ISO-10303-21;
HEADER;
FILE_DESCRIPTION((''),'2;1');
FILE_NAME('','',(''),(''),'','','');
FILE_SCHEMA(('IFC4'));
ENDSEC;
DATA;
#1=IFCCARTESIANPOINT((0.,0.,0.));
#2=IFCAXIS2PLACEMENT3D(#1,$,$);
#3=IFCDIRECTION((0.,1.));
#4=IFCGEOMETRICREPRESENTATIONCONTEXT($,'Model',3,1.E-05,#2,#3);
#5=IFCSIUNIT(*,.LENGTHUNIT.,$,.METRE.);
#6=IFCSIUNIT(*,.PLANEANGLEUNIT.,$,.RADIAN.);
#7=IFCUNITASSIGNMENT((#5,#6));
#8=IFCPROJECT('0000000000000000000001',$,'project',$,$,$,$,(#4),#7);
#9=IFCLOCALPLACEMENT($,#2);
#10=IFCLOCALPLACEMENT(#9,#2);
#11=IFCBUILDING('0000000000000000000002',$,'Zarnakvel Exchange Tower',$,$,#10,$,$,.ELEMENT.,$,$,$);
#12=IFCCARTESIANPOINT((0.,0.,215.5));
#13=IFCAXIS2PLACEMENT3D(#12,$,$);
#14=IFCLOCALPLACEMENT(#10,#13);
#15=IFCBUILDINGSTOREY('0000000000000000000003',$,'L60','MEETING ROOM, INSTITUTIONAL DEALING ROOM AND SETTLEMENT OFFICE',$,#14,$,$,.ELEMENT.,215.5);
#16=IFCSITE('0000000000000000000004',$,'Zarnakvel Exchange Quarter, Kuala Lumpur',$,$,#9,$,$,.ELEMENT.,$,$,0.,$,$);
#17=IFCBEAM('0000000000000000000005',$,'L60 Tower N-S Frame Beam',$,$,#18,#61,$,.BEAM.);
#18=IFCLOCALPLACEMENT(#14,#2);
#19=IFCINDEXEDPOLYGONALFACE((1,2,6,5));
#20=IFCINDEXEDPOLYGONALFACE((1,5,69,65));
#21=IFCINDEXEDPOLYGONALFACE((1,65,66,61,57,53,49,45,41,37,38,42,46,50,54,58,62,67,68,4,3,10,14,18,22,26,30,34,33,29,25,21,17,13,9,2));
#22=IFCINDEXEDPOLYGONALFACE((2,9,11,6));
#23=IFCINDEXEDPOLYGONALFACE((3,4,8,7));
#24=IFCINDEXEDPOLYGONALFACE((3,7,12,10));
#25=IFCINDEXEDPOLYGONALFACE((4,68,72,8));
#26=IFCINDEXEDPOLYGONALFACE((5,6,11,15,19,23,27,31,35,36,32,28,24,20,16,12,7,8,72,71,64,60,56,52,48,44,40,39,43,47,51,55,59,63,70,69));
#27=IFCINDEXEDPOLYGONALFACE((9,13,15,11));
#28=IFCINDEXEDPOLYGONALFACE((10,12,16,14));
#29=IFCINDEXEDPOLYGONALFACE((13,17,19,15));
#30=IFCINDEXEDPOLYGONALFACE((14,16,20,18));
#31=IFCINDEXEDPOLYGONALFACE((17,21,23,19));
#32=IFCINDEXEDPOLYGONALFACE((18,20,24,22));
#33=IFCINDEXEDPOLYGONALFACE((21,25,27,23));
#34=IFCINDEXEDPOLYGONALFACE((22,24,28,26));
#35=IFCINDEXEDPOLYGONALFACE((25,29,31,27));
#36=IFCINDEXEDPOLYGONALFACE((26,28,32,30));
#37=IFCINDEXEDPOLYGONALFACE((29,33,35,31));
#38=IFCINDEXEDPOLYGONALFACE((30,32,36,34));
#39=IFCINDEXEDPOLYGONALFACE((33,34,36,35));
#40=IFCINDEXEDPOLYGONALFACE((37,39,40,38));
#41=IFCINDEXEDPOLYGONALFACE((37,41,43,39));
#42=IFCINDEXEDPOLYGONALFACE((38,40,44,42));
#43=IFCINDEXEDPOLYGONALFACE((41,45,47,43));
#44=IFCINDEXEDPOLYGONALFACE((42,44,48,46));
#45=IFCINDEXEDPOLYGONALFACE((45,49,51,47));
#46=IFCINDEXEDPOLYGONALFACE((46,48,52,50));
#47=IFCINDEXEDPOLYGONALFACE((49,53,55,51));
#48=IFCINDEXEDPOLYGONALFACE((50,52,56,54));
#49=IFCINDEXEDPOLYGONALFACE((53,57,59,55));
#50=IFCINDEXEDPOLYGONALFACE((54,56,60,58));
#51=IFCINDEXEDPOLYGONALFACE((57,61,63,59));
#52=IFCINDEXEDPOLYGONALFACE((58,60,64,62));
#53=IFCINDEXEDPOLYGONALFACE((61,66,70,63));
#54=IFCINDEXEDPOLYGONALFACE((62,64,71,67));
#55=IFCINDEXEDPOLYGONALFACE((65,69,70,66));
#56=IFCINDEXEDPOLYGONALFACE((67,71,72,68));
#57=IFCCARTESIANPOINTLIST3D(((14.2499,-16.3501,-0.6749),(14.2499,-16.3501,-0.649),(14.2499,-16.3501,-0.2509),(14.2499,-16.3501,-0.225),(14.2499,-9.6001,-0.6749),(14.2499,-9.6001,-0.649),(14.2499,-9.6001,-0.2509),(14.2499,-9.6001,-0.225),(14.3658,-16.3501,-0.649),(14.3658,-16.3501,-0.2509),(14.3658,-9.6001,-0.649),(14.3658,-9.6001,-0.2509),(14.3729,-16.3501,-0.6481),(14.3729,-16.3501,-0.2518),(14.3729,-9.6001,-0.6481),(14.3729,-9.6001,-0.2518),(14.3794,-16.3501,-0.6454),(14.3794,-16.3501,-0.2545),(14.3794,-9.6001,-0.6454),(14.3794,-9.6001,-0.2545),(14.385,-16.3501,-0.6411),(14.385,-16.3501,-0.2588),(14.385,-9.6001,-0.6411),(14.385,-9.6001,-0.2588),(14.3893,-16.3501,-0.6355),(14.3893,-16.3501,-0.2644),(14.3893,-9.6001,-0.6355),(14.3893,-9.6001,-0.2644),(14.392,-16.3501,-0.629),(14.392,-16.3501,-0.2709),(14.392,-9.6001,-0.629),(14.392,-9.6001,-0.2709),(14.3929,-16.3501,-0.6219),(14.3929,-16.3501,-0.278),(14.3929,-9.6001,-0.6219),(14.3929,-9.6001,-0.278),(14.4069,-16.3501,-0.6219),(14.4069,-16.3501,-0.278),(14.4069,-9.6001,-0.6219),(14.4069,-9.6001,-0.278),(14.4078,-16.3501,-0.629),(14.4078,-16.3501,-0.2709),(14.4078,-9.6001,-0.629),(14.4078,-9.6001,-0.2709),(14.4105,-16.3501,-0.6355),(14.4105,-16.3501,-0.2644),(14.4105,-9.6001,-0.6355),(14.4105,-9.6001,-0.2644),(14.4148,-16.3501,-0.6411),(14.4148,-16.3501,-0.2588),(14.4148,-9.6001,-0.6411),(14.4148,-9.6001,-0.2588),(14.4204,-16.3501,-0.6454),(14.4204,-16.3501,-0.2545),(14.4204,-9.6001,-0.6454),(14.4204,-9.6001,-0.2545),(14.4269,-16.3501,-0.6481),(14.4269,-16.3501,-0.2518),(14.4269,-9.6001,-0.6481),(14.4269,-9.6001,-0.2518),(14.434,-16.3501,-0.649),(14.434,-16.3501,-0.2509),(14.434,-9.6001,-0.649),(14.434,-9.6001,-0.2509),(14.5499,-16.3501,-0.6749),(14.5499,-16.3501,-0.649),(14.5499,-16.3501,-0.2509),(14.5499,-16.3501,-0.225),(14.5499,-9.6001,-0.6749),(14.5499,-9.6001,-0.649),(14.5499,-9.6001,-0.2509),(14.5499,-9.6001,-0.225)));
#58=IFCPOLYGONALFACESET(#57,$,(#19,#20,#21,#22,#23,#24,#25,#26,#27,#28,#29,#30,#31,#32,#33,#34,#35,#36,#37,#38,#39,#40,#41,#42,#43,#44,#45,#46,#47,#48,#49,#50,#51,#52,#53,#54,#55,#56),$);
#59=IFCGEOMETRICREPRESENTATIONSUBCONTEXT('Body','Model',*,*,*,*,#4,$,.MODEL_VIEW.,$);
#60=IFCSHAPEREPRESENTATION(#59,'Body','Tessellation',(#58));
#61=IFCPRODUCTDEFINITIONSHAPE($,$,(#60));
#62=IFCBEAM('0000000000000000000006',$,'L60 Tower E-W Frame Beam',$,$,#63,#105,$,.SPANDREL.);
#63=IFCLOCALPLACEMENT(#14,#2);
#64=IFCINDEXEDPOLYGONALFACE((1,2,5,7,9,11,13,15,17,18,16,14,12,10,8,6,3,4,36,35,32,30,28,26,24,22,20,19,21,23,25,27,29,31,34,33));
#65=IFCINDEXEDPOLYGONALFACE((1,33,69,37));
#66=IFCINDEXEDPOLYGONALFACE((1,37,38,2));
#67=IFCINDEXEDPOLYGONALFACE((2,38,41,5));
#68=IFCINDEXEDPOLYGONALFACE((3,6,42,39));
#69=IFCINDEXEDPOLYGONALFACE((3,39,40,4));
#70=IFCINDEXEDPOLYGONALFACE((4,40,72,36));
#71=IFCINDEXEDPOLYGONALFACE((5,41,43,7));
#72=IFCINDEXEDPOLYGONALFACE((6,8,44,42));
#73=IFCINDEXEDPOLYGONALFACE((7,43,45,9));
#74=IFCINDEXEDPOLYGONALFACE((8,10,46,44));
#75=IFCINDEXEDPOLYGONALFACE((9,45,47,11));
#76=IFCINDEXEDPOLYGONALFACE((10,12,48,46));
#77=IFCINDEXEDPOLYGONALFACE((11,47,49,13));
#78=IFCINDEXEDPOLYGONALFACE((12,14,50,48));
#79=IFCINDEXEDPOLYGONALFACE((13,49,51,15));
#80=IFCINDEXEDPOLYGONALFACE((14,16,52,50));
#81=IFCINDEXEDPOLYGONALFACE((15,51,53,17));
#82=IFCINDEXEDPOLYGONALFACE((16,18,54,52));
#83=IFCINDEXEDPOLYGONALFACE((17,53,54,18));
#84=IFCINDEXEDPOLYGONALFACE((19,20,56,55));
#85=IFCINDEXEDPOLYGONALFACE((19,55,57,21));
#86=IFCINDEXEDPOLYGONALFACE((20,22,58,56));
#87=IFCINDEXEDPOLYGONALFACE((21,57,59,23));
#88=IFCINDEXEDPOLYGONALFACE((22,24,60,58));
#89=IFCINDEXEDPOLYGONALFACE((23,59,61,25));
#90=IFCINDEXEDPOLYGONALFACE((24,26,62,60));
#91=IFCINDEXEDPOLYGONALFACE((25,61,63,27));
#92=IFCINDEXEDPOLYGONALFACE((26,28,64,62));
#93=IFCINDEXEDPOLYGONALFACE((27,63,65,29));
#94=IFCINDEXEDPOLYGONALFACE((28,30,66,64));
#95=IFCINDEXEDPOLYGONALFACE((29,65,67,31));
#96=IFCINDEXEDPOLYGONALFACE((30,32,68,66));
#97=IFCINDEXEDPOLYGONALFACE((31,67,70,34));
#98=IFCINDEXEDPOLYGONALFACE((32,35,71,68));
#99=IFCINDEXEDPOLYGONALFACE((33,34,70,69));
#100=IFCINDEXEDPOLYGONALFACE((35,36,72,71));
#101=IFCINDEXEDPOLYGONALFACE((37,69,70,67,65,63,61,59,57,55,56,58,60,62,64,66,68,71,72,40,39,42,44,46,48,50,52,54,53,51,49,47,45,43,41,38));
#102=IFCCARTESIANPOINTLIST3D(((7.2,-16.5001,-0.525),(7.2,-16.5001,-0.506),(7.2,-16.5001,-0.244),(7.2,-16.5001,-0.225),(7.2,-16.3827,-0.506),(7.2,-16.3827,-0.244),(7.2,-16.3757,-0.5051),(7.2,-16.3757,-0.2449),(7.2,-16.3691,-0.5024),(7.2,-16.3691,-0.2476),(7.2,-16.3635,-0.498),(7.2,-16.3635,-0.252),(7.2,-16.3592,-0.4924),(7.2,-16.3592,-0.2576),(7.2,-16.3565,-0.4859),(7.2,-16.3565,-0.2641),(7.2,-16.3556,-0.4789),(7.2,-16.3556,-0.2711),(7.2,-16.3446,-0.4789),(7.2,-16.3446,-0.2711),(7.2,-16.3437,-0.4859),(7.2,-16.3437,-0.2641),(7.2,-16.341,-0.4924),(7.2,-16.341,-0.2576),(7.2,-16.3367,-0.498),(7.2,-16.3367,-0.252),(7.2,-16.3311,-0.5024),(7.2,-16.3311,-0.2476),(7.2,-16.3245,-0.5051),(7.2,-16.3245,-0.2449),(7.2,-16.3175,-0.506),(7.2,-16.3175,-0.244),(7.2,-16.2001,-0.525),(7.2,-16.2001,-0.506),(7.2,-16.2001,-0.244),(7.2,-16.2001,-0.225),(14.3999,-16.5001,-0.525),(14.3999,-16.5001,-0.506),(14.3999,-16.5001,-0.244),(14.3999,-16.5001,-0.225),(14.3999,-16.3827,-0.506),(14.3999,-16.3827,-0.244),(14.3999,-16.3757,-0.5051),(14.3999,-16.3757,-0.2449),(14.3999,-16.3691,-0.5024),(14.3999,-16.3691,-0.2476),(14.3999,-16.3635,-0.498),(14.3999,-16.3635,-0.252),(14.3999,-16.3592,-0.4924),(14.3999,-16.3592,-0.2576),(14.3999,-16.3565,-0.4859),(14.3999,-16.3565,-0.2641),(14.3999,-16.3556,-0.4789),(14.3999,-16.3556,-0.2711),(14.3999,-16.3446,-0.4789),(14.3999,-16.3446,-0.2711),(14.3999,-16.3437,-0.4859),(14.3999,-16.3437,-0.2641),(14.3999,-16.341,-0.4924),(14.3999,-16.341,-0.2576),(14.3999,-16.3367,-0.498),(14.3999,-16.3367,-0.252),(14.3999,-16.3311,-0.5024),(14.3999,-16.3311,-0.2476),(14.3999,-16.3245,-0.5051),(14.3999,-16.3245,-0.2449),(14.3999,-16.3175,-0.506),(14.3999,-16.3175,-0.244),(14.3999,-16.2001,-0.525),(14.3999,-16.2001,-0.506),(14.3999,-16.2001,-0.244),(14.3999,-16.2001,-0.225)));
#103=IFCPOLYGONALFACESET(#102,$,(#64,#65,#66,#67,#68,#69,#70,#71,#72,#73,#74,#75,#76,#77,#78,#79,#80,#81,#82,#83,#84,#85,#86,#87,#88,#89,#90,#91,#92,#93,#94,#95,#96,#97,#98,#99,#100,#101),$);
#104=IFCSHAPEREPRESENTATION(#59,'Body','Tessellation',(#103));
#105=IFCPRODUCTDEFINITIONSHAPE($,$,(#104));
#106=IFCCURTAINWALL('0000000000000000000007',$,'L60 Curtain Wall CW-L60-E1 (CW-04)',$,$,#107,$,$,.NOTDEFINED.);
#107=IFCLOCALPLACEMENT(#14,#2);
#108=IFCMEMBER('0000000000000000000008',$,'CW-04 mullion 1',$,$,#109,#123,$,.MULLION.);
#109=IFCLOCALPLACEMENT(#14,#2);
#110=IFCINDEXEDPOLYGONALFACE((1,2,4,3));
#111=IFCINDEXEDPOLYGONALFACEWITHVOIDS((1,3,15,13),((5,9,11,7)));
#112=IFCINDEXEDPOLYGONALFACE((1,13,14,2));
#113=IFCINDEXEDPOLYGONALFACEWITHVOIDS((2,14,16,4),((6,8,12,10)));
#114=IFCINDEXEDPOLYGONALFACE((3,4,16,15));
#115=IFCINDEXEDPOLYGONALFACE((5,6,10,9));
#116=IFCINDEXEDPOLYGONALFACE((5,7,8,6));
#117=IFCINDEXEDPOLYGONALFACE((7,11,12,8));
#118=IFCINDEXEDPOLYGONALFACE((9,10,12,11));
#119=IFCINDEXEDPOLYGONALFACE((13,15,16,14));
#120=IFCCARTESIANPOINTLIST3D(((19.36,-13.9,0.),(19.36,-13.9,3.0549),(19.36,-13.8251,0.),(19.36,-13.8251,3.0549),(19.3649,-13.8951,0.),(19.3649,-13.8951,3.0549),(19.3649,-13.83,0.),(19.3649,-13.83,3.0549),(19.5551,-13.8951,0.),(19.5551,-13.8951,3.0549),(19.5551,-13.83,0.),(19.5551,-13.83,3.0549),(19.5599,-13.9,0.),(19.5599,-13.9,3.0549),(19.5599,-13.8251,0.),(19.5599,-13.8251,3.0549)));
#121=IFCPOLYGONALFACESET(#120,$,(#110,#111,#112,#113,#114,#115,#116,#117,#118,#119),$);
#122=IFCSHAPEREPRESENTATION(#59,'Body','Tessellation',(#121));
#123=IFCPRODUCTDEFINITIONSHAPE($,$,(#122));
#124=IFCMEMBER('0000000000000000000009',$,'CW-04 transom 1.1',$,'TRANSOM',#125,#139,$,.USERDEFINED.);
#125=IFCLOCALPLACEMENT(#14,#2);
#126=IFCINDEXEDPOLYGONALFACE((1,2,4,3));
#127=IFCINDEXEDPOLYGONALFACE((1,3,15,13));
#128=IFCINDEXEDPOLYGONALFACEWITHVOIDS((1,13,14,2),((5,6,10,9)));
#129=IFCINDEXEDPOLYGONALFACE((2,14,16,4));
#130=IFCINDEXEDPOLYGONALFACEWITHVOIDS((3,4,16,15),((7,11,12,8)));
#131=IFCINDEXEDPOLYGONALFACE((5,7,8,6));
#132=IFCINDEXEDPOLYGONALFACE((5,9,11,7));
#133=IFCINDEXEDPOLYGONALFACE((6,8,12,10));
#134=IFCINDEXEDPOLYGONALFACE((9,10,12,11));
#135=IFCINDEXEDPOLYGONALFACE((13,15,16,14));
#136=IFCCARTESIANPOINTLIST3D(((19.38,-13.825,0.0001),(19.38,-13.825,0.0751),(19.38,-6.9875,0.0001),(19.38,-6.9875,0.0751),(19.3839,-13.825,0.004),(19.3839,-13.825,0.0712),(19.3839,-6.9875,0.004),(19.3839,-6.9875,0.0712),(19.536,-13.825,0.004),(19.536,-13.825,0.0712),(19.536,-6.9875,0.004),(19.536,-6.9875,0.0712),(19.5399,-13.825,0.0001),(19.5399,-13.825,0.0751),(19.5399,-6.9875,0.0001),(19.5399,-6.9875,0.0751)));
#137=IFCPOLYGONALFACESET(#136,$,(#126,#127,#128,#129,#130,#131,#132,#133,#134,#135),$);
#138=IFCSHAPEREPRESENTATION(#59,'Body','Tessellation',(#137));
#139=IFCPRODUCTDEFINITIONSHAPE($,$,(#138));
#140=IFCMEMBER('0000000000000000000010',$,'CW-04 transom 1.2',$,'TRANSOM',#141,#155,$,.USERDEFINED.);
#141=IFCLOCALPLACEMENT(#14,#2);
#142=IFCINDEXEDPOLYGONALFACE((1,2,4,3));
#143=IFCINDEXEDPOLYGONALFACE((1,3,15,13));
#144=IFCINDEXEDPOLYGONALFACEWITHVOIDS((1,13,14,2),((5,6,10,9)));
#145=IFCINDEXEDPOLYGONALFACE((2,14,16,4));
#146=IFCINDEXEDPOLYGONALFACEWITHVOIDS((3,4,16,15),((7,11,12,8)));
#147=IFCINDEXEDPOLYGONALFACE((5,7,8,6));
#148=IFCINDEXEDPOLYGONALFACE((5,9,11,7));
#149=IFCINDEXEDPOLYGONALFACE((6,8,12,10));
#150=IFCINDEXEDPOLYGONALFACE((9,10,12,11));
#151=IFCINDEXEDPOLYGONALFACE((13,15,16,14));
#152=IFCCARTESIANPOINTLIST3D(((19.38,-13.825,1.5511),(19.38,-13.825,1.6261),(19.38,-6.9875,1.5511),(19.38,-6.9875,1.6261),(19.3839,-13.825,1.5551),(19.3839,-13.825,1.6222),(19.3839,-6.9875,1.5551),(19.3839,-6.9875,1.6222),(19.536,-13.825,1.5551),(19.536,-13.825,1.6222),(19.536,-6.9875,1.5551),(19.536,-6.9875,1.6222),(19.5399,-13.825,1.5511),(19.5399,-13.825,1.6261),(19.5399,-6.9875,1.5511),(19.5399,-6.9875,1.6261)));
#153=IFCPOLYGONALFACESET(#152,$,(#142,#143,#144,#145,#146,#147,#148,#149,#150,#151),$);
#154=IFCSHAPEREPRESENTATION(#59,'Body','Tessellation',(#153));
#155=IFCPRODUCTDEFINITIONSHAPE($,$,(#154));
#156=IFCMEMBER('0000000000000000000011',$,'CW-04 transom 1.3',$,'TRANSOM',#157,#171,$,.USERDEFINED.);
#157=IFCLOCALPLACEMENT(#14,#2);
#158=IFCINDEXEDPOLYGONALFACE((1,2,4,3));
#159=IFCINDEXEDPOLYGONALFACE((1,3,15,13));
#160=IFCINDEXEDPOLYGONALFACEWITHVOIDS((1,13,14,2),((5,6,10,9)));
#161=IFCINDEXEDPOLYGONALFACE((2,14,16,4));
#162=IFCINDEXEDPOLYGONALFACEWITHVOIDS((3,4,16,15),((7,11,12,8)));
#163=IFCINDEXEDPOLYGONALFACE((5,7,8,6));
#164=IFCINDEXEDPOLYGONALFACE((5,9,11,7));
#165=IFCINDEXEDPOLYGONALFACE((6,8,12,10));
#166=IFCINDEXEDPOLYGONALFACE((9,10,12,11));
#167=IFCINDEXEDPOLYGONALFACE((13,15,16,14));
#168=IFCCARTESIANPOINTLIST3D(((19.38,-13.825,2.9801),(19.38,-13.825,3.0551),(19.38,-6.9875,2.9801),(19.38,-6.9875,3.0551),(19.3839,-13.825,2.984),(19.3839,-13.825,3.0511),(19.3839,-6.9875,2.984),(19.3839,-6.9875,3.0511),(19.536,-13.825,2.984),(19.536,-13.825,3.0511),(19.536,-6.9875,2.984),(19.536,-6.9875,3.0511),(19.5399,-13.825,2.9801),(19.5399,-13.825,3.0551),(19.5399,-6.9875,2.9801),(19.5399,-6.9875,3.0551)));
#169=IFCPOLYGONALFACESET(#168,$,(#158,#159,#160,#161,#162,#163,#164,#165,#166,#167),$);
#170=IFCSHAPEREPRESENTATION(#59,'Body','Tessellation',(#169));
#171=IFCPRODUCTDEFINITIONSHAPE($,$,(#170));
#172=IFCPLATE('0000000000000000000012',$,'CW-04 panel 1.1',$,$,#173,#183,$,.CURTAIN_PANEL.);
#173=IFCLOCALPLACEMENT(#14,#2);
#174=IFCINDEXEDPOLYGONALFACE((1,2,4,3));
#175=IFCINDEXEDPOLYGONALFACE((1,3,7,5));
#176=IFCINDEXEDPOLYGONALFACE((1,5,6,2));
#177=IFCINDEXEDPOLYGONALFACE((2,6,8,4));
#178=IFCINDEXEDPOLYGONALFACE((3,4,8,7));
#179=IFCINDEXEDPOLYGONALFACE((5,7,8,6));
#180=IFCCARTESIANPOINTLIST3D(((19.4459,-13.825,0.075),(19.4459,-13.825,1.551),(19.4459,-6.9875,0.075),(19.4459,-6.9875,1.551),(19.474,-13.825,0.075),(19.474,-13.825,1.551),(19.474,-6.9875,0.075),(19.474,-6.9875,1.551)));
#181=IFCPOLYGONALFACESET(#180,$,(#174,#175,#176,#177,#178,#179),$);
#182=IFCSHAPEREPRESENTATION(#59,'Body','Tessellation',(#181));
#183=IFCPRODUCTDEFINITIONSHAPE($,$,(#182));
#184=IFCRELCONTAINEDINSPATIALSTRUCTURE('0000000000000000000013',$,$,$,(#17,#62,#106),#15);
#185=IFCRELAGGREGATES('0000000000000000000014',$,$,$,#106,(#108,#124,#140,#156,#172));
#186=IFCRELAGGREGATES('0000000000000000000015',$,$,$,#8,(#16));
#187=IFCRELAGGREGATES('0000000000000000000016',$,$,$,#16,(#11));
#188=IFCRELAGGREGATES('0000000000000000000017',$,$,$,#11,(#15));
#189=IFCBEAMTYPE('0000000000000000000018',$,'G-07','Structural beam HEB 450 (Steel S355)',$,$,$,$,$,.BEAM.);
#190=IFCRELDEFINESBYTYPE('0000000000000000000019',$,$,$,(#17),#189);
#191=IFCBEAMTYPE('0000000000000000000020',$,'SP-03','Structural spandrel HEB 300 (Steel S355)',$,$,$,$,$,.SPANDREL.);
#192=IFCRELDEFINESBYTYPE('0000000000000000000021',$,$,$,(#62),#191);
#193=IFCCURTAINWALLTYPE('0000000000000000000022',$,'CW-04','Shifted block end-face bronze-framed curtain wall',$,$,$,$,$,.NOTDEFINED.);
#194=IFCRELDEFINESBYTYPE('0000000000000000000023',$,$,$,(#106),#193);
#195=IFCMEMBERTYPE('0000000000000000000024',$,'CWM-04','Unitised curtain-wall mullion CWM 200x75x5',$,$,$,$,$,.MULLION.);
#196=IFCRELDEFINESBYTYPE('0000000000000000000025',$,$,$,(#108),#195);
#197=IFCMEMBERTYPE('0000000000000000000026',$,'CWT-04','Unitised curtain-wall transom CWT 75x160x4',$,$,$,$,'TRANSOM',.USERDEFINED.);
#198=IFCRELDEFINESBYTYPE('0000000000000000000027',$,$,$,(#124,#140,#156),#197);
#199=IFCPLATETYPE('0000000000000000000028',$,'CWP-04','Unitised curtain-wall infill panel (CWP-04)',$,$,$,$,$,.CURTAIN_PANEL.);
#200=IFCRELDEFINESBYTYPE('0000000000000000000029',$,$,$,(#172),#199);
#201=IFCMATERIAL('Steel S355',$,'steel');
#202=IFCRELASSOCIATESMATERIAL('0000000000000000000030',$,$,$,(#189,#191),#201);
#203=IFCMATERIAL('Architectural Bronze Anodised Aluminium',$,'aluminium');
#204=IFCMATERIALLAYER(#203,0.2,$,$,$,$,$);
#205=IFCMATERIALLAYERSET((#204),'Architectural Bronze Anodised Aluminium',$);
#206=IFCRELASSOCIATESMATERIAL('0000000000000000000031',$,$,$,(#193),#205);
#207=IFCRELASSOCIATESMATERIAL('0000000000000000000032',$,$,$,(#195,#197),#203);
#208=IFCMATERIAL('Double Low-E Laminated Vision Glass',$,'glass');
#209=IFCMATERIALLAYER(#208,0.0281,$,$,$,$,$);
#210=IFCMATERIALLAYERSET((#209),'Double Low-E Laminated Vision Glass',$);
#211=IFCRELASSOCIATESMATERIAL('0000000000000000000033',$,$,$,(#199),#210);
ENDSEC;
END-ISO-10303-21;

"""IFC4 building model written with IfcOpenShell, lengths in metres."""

from ifc_helpers import new_model, si_unit, direction, frame, origin, origin_2d, place, context, subcontext, project, spatial, rectangle, hollow_rectangle, i_section, extrude, source, transform, mapped, material, layer, layer_set, material_profile, profile_set, type_object, element, aggregate, save


model = new_model("IFC4")

# Units and contexts
model_context = context("Model", 3, precision=1e-05, world=origin(), true_north=direction((0.0, 1.0)))
body_context = subcontext(model_context, "Body", "Model", "MODEL_VIEW")
ifc_project = project(units=[si_unit("LENGTHUNIT", "METRE"), si_unit("PLANEANGLEUNIT", "RADIAN")], contexts=[model_context])

# Site, building, storey
site_placement = place(None, origin())
site = spatial("IfcSite", under=ifc_project, at=site_placement, Name="Zarnakvel Exchange Quarter, Kuala Lumpur", CompositionType="ELEMENT", RefElevation=0.0)
building_placement = place(site_placement, origin())
building = spatial("IfcBuilding", under=site, at=building_placement, Name="Zarnakvel Exchange Tower", CompositionType="ELEMENT")
storey_placement = place(building_placement, frame((0.0, 0.0, 215.5)))
storey = spatial("IfcBuildingStorey", under=building, at=storey_placement, Name="L60", Description="MEETING ROOM, INSTITUTIONAL DEALING ROOM AND SETTLEMENT OFFICE", CompositionType="ELEMENT", Elevation=215.5)

# Beams
ifc_material_1 = material(Name="Steel S355", Category="steel")
ifc_material_profile_1 = material_profile(ifc_material_1, i_section(OverallWidth=0.3, OverallDepth=0.45, WebThickness=0.0139, FlangeThickness=0.0259, FilletRadius=0.0271, at=origin_2d()))
ifc_profile_set_1 = profile_set([ifc_material_profile_1], Name="Steel S355")
beam_type_1 = type_object("IfcBeamType", Name="G-07", Description="Structural beam HEB 450 (Steel S355)", PredefinedType="BEAM", material=ifc_profile_set_1)
for number, where, z_axis, x_axis, name in (
    (1, (14.3999, -16.3501, -0.45), (0.0, 1.0, 0.0), (-1.0, 0.0, 0.0), "L60 Tower N-S Frame Beam"),
):
    element("IfcBeam", number, at=place(storey_placement, frame(where, z_axis=z_axis, x_axis=x_axis)), inside=storey, type_object=beam_type_1, Name=name, PredefinedType="BEAM", context=body_context, shape_type="SweptSolid", body=[
        extrude(i_section(OverallWidth=0.3, OverallDepth=0.45, WebThickness=0.0139, FlangeThickness=0.0259, FilletRadius=0.0271, at=origin_2d()), origin(), (0.0, 0.0, 1.0), 6.75),
    ])
ifc_material_profile_2 = material_profile(ifc_material_1, i_section(OverallWidth=0.3, OverallDepth=0.3, WebThickness=0.011, FlangeThickness=0.019, FilletRadius=0.0271, at=origin_2d()))
ifc_profile_set_2 = profile_set([ifc_material_profile_2], Name="Steel S355")
beam_type_2 = type_object("IfcBeamType", Name="SP-03", Description="Structural spandrel HEB 300 (Steel S355)", PredefinedType="SPANDREL", material=ifc_profile_set_2)
beam_1_placement = place(storey_placement, frame((7.2, -16.3501, -0.375), z_axis=(1.0, 0.0, 0.0), x_axis=(0.0, 1.0, 0.0)))
element("IfcBeam", 2, at=beam_1_placement, inside=storey, type_object=beam_type_2, Name="L60 Tower E-W Frame Beam", PredefinedType="SPANDREL", context=body_context, shape_type="SweptSolid", body=[
    extrude(i_section(OverallWidth=0.3, OverallDepth=0.3, WebThickness=0.011, FlangeThickness=0.019, FilletRadius=0.0271, at=origin_2d()), origin(), (0.0, 0.0, 1.0), 7.2),
])

# Curtain wall, members, plate
ifc_material_2 = material(Name="Architectural Bronze Anodised Aluminium", Category="aluminium")
ifc_layer_1 = layer(ifc_material_2, 0.2)
ifc_layer_set_1 = layer_set([ifc_layer_1], Name="Architectural Bronze Anodised Aluminium")
curtain_wall_type = type_object("IfcCurtainWallType", Name="CW-04", Description="Shifted block end-face bronze-framed curtain wall", PredefinedType="NOTDEFINED", material=ifc_layer_set_1)
curtain_wall_placement = place(storey_placement, origin())
curtain_wall = element("IfcCurtainWall", 3, at=curtain_wall_placement, inside=storey, type_object=curtain_wall_type, Name="L60 Curtain Wall CW-L60-E1 (CW-04)", PredefinedType="NOTDEFINED")
ifc_material_profile_3 = material_profile(ifc_material_2, hollow_rectangle(XDim=0.2, YDim=0.075, WallThickness=0.0049, at=origin_2d()))
ifc_profile_set_3 = profile_set([ifc_material_profile_3], Name="Architectural Bronze Anodised Aluminium")
member_type_1 = type_object("IfcMemberType", Name="CWM-04", Description="Unitised curtain-wall mullion CWM 200x75x5", PredefinedType="MULLION", material=ifc_profile_set_3)
shared_shape_1 = source(origin(), body_context, "Body", "SweptSolid", [
    extrude(hollow_rectangle(XDim=0.2, YDim=0.075, WallThickness=0.0049, at=origin_2d()), origin(), (0.0, 0.0, 1.0), 3.0549),
])
member_1_placement = place(storey_placement, frame((19.46, -13.8625, 0.0), z_axis=(0.0, 0.0, 1.0), x_axis=(-1.0, 0.0, 0.0)))
member_1 = element("IfcMember", 4, at=member_1_placement, type_object=member_type_1, Name="CW-04 mullion 1", PredefinedType="MULLION", context=body_context, shape_type="MappedRepresentation", body=[
    mapped(shared_shape_1, transform((0.0, 0.0, 0.0), x_axis=(1.0, 0.0, 0.0), y_axis=(0.0, 1.0, 0.0), z_axis=(0.0, 0.0, 1.0), scale=1.0)),
])
ifc_material_profile_4 = material_profile(ifc_material_2, hollow_rectangle(XDim=0.1599, YDim=0.075, WallThickness=0.0039, at=origin_2d()))
ifc_profile_set_4 = profile_set([ifc_material_profile_4], Name="Architectural Bronze Anodised Aluminium")
member_type_2 = type_object("IfcMemberType", Name="CWT-04", Description="Unitised curtain-wall transom CWT 75x160x4", ElementType="TRANSOM", PredefinedType="USERDEFINED", material=ifc_profile_set_4)
shared_shape_2 = source(origin(), body_context, "Body", "SweptSolid", [
    extrude(hollow_rectangle(XDim=0.1599, YDim=0.075, WallThickness=0.0039, at=origin_2d()), origin(), (0.0, 0.0, 1.0), 6.8374),
])
member_2_placement = place(storey_placement, frame((19.46, -13.825, 0.0376), z_axis=(0.0, 1.0, 0.0), x_axis=(-1.0, 0.0, 0.0)))
member_2 = element("IfcMember", 5, at=member_2_placement, type_object=member_type_2, Name="CW-04 transom 1.1", ObjectType="TRANSOM", PredefinedType="USERDEFINED", context=body_context, shape_type="MappedRepresentation", body=[
    mapped(shared_shape_2, transform((0.0, 0.0, 0.0), x_axis=(1.0, 0.0, 0.0), y_axis=(0.0, 1.0, 0.0), z_axis=(0.0, 0.0, 1.0), scale=1.0)),
])
member_3_placement = place(storey_placement, frame((19.46, -13.825, 1.5886), z_axis=(0.0, 1.0, 0.0), x_axis=(-1.0, 0.0, 0.0)))
member_3 = element("IfcMember", 6, at=member_3_placement, type_object=member_type_2, Name="CW-04 transom 1.2", ObjectType="TRANSOM", PredefinedType="USERDEFINED", context=body_context, shape_type="MappedRepresentation", body=[
    mapped(shared_shape_2, transform((0.0, 0.0, 0.0), x_axis=(1.0, 0.0, 0.0), y_axis=(0.0, 1.0, 0.0), z_axis=(0.0, 0.0, 1.0), scale=1.0)),
])
member_4_placement = place(storey_placement, frame((19.46, -13.825, 3.0176), z_axis=(0.0, 1.0, 0.0), x_axis=(-1.0, 0.0, 0.0)))
member_4 = element("IfcMember", 7, at=member_4_placement, type_object=member_type_2, Name="CW-04 transom 1.3", ObjectType="TRANSOM", PredefinedType="USERDEFINED", context=body_context, shape_type="MappedRepresentation", body=[
    mapped(shared_shape_2, transform((0.0, 0.0, 0.0), x_axis=(1.0, 0.0, 0.0), y_axis=(0.0, 1.0, 0.0), z_axis=(0.0, 0.0, 1.0), scale=1.0)),
])
ifc_material_3 = material(Name="Double Low-E Laminated Vision Glass", Category="glass")
ifc_layer_2 = layer(ifc_material_3, 0.0281)
ifc_layer_set_2 = layer_set([ifc_layer_2], Name="Double Low-E Laminated Vision Glass")
plate_type = type_object("IfcPlateType", Name="CWP-04", Description="Unitised curtain-wall infill panel (CWP-04)", PredefinedType="CURTAIN_PANEL", material=ifc_layer_set_2)
shared_shape_3 = source(origin(), body_context, "Body", "SweptSolid", [
    extrude(rectangle(XDim=6.8374, YDim=0.0281, at=origin_2d()), origin(), (0.0, 0.0, 1.0), 1.4761),
])
plate_1_placement = place(storey_placement, frame((19.46, -10.4062, 0.075), z_axis=(0.0, 0.0, 1.0), x_axis=(0.0, 1.0, 0.0)))
plate_1 = element("IfcPlate", 8, at=plate_1_placement, type_object=plate_type, Name="CW-04 panel 1.1", PredefinedType="CURTAIN_PANEL", context=body_context, shape_type="MappedRepresentation", body=[
    mapped(shared_shape_3, transform((0.0, 0.0, 0.0), x_axis=(1.0, 0.0, 0.0), y_axis=(0.0, 1.0, 0.0), z_axis=(0.0, 0.0, 1.0), scale=1.0)),
])
aggregate(curtain_wall, [member_1, member_2, member_3, member_4, plate_1])

save(model, "model.ifc")
